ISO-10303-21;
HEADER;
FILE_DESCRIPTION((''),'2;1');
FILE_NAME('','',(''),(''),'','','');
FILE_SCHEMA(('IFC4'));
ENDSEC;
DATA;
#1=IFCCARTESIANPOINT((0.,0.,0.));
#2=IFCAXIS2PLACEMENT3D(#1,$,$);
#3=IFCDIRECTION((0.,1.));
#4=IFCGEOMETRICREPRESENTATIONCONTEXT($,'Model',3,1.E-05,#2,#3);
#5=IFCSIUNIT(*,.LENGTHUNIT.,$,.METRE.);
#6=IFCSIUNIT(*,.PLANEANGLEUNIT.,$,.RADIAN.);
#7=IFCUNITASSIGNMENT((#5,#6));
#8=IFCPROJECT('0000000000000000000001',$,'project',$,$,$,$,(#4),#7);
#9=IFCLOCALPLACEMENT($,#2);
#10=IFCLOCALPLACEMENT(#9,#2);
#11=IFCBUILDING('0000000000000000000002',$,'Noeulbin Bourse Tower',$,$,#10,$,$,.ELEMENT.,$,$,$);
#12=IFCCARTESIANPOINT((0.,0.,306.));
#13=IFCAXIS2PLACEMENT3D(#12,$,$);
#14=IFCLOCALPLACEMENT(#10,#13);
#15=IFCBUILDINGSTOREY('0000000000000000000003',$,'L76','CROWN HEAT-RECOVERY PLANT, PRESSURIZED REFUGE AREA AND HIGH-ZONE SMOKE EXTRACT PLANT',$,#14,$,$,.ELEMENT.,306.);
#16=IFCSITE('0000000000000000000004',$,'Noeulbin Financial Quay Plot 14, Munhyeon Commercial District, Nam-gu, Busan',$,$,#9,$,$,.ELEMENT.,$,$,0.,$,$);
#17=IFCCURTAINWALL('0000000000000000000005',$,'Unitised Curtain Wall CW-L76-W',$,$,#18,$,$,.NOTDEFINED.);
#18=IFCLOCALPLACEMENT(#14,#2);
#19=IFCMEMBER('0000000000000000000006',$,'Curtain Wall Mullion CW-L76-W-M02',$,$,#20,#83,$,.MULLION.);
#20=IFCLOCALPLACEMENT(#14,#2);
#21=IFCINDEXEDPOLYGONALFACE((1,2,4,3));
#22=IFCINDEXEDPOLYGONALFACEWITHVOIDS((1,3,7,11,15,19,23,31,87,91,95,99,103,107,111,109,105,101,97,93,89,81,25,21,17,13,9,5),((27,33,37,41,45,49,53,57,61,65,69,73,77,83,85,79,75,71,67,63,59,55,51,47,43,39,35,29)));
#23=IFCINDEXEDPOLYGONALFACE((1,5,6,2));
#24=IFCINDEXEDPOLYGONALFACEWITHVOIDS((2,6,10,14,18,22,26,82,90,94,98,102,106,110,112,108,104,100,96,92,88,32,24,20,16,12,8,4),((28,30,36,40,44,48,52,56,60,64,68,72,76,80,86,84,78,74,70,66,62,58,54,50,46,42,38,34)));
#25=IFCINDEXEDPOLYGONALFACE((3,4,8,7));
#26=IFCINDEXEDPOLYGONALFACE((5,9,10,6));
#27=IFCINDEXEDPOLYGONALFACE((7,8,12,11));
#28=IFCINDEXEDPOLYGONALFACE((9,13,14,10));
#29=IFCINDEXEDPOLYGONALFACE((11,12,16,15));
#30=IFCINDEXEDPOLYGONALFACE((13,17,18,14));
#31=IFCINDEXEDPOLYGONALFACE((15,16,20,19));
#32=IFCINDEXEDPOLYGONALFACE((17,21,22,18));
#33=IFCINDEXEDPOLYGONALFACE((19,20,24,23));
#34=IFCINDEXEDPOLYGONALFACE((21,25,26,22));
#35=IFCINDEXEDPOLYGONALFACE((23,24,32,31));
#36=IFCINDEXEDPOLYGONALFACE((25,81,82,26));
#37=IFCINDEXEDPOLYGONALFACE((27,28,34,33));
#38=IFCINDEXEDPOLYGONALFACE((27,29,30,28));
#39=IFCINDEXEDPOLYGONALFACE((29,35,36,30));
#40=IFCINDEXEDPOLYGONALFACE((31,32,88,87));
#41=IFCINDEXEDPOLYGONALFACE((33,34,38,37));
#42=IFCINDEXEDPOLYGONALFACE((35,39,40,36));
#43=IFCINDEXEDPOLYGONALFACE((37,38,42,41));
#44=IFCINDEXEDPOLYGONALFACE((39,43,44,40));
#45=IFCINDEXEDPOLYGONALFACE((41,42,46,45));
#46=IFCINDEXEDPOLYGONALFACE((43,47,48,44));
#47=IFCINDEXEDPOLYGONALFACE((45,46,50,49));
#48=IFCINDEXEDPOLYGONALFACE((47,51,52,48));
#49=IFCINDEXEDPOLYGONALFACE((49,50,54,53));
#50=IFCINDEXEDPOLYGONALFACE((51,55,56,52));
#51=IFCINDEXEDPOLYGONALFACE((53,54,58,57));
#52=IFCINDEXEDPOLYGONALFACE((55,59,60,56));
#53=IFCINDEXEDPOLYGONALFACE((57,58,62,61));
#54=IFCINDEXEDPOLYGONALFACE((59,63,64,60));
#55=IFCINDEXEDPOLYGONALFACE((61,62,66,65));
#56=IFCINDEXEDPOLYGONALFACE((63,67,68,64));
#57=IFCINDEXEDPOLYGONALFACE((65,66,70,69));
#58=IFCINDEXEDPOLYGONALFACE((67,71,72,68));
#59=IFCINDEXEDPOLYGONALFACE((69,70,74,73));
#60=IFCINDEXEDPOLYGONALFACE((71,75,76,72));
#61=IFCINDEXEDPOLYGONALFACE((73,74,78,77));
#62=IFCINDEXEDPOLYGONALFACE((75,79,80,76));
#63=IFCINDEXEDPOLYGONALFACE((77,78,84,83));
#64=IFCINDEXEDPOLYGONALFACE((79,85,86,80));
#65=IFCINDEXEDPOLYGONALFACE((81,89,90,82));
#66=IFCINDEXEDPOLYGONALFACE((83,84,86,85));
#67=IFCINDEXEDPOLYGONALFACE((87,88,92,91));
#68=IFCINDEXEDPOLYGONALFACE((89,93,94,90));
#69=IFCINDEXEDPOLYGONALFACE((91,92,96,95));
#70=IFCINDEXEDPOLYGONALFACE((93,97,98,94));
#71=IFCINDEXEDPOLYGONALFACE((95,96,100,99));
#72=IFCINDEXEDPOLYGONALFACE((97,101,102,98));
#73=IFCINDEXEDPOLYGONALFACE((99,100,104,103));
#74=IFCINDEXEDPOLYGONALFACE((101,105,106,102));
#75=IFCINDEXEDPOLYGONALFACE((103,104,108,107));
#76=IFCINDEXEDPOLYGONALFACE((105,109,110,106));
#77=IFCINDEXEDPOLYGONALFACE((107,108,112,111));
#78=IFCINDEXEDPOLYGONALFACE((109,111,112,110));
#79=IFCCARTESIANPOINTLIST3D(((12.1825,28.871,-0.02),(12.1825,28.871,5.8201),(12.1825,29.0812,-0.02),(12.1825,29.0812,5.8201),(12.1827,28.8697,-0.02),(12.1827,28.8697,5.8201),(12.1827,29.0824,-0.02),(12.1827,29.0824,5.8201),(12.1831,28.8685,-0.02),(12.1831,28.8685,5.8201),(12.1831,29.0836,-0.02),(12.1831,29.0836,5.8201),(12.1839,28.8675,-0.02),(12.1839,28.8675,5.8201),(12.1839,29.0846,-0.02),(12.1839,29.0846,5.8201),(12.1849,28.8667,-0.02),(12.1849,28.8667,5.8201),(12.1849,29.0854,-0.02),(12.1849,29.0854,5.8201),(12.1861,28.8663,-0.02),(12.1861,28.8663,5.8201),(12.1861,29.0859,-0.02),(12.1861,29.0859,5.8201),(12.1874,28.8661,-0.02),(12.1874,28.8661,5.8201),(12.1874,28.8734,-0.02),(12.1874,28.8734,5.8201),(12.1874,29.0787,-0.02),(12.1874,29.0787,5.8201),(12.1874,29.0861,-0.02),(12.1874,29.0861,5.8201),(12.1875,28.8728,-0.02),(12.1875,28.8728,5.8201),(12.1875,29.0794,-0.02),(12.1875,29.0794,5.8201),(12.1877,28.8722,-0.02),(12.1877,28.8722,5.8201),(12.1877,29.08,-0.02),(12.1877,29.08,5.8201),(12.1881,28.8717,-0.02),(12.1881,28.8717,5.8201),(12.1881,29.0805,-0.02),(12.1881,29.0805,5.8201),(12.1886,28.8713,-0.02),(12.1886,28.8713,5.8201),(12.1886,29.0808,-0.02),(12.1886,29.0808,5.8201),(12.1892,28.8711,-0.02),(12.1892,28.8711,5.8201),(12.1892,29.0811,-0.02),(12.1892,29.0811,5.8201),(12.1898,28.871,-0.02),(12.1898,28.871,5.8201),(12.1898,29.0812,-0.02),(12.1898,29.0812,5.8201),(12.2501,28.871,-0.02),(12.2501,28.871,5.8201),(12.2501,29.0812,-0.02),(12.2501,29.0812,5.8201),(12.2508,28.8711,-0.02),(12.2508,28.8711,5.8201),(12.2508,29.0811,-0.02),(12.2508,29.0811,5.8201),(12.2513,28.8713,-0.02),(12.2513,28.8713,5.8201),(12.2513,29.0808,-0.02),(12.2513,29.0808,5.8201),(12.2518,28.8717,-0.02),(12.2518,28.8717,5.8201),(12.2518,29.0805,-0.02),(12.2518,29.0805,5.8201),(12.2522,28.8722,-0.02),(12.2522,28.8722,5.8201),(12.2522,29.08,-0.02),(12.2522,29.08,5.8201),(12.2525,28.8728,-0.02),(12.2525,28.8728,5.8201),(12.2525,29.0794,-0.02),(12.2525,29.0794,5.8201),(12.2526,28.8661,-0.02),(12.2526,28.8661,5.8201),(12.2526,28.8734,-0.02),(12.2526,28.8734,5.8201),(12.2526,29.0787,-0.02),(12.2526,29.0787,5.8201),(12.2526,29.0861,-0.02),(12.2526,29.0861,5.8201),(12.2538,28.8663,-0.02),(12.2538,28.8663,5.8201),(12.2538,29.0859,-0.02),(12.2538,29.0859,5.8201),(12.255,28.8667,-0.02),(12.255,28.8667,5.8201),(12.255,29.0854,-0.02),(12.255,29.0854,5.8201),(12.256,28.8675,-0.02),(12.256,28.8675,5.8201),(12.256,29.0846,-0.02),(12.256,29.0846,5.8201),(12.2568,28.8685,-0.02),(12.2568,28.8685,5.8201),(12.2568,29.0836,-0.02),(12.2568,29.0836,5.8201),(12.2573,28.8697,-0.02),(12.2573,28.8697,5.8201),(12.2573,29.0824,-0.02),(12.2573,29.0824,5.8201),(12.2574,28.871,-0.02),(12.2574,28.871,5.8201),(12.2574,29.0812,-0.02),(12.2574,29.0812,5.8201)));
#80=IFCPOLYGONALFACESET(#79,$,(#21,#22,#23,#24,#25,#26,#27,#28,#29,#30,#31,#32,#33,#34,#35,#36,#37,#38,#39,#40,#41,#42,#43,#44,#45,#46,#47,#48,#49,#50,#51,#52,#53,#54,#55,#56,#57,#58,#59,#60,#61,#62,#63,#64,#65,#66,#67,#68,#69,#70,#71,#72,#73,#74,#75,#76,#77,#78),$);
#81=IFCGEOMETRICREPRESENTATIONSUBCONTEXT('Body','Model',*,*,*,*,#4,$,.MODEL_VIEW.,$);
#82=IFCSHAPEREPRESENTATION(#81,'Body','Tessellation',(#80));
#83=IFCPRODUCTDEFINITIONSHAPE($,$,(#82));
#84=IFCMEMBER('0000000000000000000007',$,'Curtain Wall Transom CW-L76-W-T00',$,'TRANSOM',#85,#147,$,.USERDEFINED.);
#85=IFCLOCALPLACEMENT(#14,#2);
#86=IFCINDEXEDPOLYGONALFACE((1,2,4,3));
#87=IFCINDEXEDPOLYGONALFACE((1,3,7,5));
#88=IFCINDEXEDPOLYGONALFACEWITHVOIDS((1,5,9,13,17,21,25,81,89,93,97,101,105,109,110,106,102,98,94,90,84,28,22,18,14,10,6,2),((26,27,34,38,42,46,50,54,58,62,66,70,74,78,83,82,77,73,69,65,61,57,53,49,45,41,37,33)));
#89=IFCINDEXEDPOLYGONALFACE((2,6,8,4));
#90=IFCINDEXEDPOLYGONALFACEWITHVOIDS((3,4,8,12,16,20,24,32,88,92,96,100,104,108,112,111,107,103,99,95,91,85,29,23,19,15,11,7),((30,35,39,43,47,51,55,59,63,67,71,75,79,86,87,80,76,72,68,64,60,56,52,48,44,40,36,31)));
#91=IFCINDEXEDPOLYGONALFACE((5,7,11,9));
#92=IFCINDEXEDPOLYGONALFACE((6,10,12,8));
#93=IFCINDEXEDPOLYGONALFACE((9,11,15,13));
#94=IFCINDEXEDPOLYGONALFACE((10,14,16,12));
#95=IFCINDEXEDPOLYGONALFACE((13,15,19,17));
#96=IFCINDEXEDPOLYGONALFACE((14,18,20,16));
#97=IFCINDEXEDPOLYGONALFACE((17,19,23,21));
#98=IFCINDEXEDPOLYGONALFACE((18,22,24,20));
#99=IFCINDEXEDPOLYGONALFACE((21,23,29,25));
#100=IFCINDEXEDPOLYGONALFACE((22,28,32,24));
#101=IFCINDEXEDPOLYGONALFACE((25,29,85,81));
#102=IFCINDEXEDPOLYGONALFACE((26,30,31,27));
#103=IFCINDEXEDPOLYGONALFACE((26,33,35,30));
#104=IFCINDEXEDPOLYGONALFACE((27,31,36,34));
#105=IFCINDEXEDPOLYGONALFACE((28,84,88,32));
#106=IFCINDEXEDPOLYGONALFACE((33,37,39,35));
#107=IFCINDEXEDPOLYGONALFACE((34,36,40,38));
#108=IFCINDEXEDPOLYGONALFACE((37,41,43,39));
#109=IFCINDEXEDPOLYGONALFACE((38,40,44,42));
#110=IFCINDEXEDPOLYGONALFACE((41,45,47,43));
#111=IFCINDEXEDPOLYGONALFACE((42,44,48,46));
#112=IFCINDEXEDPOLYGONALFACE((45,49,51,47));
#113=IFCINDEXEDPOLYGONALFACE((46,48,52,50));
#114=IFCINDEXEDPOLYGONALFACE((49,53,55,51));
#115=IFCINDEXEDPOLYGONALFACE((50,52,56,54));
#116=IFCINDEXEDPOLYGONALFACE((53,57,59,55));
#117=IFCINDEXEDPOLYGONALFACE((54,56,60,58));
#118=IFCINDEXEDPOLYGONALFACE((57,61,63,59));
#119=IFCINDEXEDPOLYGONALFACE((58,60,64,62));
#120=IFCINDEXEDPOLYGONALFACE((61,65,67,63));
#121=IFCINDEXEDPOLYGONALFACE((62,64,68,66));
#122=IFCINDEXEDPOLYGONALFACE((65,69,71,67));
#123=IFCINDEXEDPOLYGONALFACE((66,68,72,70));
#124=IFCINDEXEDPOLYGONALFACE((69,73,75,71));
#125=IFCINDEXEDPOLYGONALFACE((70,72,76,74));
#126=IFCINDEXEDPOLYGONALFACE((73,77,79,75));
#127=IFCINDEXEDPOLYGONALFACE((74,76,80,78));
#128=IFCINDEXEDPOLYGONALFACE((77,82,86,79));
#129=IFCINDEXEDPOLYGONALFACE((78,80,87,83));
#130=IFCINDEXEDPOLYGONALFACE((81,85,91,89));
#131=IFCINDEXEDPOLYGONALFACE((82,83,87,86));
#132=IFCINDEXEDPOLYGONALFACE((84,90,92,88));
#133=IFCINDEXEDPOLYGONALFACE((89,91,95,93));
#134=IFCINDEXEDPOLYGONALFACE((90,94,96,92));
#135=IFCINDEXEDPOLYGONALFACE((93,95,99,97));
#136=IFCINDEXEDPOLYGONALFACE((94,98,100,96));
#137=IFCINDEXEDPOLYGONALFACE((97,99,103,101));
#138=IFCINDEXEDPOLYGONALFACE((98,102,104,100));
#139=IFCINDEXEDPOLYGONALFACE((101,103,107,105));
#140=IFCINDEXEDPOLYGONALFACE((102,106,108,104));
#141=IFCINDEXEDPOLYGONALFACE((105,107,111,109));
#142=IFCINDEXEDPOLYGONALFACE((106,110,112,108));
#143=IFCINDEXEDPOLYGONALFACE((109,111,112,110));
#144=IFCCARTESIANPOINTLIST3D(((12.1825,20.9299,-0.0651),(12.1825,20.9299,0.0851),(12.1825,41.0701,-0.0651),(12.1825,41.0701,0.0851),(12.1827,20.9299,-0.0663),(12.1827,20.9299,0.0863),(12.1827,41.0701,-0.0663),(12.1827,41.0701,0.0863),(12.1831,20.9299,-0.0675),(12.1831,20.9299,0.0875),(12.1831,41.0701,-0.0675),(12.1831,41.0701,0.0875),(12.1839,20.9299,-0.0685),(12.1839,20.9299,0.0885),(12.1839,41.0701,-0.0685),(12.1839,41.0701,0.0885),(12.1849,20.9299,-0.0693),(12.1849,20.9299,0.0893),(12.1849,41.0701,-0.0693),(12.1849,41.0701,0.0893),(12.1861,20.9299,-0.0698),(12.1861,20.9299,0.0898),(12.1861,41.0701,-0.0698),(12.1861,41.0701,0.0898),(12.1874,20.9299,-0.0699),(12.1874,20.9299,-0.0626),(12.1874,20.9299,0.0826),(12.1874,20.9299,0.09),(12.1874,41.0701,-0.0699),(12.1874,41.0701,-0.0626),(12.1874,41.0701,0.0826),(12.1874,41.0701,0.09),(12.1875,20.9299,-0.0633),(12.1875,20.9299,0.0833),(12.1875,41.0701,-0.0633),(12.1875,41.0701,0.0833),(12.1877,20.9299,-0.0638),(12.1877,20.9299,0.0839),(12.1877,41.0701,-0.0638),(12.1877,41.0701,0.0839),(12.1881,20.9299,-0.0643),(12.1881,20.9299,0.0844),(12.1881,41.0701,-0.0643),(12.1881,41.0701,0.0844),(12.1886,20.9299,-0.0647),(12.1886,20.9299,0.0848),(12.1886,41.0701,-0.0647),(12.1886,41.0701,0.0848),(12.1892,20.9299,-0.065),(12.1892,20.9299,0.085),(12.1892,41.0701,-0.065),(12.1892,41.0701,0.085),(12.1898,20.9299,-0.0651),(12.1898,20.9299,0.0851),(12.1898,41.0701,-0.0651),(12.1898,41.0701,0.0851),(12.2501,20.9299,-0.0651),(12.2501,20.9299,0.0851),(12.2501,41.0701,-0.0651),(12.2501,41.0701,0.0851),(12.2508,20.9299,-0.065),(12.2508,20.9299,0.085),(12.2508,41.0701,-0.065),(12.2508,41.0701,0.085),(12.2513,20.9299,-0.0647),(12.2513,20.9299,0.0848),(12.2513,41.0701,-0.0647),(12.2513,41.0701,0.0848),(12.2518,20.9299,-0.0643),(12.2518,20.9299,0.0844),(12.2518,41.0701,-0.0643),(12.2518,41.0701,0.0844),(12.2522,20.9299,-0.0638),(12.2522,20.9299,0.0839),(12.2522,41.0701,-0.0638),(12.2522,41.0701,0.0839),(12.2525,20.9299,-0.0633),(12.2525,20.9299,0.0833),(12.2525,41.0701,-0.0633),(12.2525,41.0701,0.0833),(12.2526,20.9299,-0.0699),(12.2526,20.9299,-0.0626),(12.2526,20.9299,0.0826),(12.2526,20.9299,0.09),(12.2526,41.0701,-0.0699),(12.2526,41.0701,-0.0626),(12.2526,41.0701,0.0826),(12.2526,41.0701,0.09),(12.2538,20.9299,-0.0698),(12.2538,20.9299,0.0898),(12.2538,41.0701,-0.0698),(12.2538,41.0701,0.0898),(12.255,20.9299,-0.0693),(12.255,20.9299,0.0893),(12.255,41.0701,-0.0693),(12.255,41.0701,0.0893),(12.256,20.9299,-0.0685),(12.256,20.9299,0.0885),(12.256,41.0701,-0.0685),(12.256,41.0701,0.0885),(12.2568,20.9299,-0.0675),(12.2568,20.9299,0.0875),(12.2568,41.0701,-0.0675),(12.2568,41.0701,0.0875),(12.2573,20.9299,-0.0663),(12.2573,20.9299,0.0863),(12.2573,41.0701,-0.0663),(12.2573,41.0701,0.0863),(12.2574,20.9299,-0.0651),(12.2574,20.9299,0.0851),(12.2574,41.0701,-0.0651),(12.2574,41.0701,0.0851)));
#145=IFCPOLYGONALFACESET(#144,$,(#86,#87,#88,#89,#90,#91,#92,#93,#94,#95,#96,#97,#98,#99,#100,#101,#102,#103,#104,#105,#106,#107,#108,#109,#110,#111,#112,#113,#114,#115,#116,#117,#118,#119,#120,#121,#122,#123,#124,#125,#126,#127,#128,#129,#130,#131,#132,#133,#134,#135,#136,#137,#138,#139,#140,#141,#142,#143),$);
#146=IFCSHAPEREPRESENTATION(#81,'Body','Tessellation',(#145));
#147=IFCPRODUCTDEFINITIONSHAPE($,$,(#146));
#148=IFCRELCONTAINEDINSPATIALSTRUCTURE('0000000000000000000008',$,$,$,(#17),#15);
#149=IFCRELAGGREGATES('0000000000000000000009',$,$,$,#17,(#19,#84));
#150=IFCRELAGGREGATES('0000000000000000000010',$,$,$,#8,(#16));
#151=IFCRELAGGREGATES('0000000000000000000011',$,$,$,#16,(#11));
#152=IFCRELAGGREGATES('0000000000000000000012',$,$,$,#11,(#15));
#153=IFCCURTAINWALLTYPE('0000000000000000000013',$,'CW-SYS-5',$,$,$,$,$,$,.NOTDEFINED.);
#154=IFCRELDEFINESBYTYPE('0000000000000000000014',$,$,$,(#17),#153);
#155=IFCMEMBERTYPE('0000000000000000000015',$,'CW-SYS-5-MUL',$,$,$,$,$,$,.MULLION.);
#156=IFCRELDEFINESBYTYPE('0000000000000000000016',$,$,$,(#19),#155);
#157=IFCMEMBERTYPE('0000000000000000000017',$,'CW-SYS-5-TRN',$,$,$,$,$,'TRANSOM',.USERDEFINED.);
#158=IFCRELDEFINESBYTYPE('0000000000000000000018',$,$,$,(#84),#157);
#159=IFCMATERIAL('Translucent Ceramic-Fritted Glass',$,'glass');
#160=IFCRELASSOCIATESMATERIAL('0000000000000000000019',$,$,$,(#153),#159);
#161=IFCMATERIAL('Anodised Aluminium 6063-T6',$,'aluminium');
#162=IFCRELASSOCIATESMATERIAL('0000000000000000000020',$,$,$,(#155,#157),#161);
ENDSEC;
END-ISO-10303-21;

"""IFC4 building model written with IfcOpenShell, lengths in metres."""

from ifc_helpers import new_model, si_unit, direction, frame, origin, origin_2d, place, context, subcontext, project, spatial, hollow_rectangle, extrude, material, material_profile, profile_set, type_object, element, aggregate, save


model = new_model("IFC4")

# Units and contexts
model_context = context("Model", 3, precision=1e-05, world=origin(), true_north=direction((0.0, 1.0)))
body_context = subcontext(model_context, "Body", "Model", "MODEL_VIEW")
ifc_project = project(units=[si_unit("LENGTHUNIT", "METRE"), si_unit("PLANEANGLEUNIT", "RADIAN")], contexts=[model_context])

# Site, building, storey
site_placement = place(None, origin())
site = spatial("IfcSite", under=ifc_project, at=site_placement, Name="Noeulbin Financial Quay Plot 14, Munhyeon Commercial District, Nam-gu, Busan", CompositionType="ELEMENT", RefElevation=0.0)
building_placement = place(site_placement, origin())
building = spatial("IfcBuilding", under=site, at=building_placement, Name="Noeulbin Bourse Tower", CompositionType="ELEMENT")
storey_placement = place(building_placement, frame((0.0, 0.0, 306.0)))
storey = spatial("IfcBuildingStorey", under=building, at=storey_placement, Name="L76", Description="CROWN HEAT-RECOVERY PLANT, PRESSURIZED REFUGE AREA AND HIGH-ZONE SMOKE EXTRACT PLANT", CompositionType="ELEMENT", Elevation=306.0)

# Curtain wall, members
ifc_material_1 = material(Name="Translucent Ceramic-Fritted Glass", Category="glass")
curtain_wall_type = type_object("IfcCurtainWallType", Name="CW-SYS-5", PredefinedType="NOTDEFINED", material=ifc_material_1)
curtain_wall_placement = place(storey_placement, origin())
curtain_wall = element("IfcCurtainWall", 1, at=curtain_wall_placement, inside=storey, type_object=curtain_wall_type, Name="Unitised Curtain Wall CW-L76-W", PredefinedType="NOTDEFINED")
ifc_material_2 = material(Name="Anodised Aluminium 6063-T6", Category="aluminium")
ifc_material_profile_1 = material_profile(ifc_material_2, hollow_rectangle(XDim=0.075, YDim=0.22, WallThickness=0.0049, InnerFilletRadius=0.0024, OuterFilletRadius=0.0049, at=origin_2d()), Name="ALU-MULL-75x220x5", Category="LoadBearing")
ifc_profile_set_1 = profile_set([ifc_material_profile_1], Name="Anodised Aluminium 6063-T6")
member_type_1 = type_object("IfcMemberType", Name="CW-SYS-5-MUL", PredefinedType="MULLION", material=ifc_profile_set_1)
member_1_placement = place(storey_placement, frame((12.22, 28.9761, -0.02), z_axis=(0.0, 0.0, 1.0), x_axis=(1.0, 0.0, 0.0)))
member_1 = element("IfcMember", 2, at=member_1_placement, type_object=member_type_1, Name="Curtain Wall Mullion CW-L76-W-M02", PredefinedType="MULLION", context=body_context, shape_type="SweptSolid", body=[
    extrude(hollow_rectangle(XDim=0.075, YDim=0.22, WallThickness=0.0049, InnerFilletRadius=0.0024, OuterFilletRadius=0.0049, at=origin_2d()), origin(), (0.0, 0.0, 1.0), 5.8401),
])
ifc_material_profile_2 = material_profile(ifc_material_2, hollow_rectangle(XDim=0.075, YDim=0.1599, WallThickness=0.0049, InnerFilletRadius=0.0024, OuterFilletRadius=0.0049, at=origin_2d()), Name="ALU-TRAN-75x160x5", Category="LoadBearing")
ifc_profile_set_2 = profile_set([ifc_material_profile_2], Name="Anodised Aluminium 6063-T6")
member_type_2 = type_object("IfcMemberType", Name="CW-SYS-5-TRN", ElementType="TRANSOM", PredefinedType="USERDEFINED", material=ifc_profile_set_2)
member_2_placement = place(storey_placement, frame((12.22, 20.9299, 0.01), z_axis=(0.0, 1.0, 0.0), x_axis=(-1.0, 0.0, 0.0)))
member_2 = element("IfcMember", 3, at=member_2_placement, type_object=member_type_2, Name="Curtain Wall Transom CW-L76-W-T00", ObjectType="TRANSOM", PredefinedType="USERDEFINED", context=body_context, shape_type="SweptSolid", body=[
    extrude(hollow_rectangle(XDim=0.075, YDim=0.1599, WallThickness=0.0049, InnerFilletRadius=0.0024, OuterFilletRadius=0.0049, at=origin_2d()), origin(), (0.0, 0.0, 1.0), 20.1401),
])
aggregate(curtain_wall, [member_1, member_2])

save(model, "model.ifc")
